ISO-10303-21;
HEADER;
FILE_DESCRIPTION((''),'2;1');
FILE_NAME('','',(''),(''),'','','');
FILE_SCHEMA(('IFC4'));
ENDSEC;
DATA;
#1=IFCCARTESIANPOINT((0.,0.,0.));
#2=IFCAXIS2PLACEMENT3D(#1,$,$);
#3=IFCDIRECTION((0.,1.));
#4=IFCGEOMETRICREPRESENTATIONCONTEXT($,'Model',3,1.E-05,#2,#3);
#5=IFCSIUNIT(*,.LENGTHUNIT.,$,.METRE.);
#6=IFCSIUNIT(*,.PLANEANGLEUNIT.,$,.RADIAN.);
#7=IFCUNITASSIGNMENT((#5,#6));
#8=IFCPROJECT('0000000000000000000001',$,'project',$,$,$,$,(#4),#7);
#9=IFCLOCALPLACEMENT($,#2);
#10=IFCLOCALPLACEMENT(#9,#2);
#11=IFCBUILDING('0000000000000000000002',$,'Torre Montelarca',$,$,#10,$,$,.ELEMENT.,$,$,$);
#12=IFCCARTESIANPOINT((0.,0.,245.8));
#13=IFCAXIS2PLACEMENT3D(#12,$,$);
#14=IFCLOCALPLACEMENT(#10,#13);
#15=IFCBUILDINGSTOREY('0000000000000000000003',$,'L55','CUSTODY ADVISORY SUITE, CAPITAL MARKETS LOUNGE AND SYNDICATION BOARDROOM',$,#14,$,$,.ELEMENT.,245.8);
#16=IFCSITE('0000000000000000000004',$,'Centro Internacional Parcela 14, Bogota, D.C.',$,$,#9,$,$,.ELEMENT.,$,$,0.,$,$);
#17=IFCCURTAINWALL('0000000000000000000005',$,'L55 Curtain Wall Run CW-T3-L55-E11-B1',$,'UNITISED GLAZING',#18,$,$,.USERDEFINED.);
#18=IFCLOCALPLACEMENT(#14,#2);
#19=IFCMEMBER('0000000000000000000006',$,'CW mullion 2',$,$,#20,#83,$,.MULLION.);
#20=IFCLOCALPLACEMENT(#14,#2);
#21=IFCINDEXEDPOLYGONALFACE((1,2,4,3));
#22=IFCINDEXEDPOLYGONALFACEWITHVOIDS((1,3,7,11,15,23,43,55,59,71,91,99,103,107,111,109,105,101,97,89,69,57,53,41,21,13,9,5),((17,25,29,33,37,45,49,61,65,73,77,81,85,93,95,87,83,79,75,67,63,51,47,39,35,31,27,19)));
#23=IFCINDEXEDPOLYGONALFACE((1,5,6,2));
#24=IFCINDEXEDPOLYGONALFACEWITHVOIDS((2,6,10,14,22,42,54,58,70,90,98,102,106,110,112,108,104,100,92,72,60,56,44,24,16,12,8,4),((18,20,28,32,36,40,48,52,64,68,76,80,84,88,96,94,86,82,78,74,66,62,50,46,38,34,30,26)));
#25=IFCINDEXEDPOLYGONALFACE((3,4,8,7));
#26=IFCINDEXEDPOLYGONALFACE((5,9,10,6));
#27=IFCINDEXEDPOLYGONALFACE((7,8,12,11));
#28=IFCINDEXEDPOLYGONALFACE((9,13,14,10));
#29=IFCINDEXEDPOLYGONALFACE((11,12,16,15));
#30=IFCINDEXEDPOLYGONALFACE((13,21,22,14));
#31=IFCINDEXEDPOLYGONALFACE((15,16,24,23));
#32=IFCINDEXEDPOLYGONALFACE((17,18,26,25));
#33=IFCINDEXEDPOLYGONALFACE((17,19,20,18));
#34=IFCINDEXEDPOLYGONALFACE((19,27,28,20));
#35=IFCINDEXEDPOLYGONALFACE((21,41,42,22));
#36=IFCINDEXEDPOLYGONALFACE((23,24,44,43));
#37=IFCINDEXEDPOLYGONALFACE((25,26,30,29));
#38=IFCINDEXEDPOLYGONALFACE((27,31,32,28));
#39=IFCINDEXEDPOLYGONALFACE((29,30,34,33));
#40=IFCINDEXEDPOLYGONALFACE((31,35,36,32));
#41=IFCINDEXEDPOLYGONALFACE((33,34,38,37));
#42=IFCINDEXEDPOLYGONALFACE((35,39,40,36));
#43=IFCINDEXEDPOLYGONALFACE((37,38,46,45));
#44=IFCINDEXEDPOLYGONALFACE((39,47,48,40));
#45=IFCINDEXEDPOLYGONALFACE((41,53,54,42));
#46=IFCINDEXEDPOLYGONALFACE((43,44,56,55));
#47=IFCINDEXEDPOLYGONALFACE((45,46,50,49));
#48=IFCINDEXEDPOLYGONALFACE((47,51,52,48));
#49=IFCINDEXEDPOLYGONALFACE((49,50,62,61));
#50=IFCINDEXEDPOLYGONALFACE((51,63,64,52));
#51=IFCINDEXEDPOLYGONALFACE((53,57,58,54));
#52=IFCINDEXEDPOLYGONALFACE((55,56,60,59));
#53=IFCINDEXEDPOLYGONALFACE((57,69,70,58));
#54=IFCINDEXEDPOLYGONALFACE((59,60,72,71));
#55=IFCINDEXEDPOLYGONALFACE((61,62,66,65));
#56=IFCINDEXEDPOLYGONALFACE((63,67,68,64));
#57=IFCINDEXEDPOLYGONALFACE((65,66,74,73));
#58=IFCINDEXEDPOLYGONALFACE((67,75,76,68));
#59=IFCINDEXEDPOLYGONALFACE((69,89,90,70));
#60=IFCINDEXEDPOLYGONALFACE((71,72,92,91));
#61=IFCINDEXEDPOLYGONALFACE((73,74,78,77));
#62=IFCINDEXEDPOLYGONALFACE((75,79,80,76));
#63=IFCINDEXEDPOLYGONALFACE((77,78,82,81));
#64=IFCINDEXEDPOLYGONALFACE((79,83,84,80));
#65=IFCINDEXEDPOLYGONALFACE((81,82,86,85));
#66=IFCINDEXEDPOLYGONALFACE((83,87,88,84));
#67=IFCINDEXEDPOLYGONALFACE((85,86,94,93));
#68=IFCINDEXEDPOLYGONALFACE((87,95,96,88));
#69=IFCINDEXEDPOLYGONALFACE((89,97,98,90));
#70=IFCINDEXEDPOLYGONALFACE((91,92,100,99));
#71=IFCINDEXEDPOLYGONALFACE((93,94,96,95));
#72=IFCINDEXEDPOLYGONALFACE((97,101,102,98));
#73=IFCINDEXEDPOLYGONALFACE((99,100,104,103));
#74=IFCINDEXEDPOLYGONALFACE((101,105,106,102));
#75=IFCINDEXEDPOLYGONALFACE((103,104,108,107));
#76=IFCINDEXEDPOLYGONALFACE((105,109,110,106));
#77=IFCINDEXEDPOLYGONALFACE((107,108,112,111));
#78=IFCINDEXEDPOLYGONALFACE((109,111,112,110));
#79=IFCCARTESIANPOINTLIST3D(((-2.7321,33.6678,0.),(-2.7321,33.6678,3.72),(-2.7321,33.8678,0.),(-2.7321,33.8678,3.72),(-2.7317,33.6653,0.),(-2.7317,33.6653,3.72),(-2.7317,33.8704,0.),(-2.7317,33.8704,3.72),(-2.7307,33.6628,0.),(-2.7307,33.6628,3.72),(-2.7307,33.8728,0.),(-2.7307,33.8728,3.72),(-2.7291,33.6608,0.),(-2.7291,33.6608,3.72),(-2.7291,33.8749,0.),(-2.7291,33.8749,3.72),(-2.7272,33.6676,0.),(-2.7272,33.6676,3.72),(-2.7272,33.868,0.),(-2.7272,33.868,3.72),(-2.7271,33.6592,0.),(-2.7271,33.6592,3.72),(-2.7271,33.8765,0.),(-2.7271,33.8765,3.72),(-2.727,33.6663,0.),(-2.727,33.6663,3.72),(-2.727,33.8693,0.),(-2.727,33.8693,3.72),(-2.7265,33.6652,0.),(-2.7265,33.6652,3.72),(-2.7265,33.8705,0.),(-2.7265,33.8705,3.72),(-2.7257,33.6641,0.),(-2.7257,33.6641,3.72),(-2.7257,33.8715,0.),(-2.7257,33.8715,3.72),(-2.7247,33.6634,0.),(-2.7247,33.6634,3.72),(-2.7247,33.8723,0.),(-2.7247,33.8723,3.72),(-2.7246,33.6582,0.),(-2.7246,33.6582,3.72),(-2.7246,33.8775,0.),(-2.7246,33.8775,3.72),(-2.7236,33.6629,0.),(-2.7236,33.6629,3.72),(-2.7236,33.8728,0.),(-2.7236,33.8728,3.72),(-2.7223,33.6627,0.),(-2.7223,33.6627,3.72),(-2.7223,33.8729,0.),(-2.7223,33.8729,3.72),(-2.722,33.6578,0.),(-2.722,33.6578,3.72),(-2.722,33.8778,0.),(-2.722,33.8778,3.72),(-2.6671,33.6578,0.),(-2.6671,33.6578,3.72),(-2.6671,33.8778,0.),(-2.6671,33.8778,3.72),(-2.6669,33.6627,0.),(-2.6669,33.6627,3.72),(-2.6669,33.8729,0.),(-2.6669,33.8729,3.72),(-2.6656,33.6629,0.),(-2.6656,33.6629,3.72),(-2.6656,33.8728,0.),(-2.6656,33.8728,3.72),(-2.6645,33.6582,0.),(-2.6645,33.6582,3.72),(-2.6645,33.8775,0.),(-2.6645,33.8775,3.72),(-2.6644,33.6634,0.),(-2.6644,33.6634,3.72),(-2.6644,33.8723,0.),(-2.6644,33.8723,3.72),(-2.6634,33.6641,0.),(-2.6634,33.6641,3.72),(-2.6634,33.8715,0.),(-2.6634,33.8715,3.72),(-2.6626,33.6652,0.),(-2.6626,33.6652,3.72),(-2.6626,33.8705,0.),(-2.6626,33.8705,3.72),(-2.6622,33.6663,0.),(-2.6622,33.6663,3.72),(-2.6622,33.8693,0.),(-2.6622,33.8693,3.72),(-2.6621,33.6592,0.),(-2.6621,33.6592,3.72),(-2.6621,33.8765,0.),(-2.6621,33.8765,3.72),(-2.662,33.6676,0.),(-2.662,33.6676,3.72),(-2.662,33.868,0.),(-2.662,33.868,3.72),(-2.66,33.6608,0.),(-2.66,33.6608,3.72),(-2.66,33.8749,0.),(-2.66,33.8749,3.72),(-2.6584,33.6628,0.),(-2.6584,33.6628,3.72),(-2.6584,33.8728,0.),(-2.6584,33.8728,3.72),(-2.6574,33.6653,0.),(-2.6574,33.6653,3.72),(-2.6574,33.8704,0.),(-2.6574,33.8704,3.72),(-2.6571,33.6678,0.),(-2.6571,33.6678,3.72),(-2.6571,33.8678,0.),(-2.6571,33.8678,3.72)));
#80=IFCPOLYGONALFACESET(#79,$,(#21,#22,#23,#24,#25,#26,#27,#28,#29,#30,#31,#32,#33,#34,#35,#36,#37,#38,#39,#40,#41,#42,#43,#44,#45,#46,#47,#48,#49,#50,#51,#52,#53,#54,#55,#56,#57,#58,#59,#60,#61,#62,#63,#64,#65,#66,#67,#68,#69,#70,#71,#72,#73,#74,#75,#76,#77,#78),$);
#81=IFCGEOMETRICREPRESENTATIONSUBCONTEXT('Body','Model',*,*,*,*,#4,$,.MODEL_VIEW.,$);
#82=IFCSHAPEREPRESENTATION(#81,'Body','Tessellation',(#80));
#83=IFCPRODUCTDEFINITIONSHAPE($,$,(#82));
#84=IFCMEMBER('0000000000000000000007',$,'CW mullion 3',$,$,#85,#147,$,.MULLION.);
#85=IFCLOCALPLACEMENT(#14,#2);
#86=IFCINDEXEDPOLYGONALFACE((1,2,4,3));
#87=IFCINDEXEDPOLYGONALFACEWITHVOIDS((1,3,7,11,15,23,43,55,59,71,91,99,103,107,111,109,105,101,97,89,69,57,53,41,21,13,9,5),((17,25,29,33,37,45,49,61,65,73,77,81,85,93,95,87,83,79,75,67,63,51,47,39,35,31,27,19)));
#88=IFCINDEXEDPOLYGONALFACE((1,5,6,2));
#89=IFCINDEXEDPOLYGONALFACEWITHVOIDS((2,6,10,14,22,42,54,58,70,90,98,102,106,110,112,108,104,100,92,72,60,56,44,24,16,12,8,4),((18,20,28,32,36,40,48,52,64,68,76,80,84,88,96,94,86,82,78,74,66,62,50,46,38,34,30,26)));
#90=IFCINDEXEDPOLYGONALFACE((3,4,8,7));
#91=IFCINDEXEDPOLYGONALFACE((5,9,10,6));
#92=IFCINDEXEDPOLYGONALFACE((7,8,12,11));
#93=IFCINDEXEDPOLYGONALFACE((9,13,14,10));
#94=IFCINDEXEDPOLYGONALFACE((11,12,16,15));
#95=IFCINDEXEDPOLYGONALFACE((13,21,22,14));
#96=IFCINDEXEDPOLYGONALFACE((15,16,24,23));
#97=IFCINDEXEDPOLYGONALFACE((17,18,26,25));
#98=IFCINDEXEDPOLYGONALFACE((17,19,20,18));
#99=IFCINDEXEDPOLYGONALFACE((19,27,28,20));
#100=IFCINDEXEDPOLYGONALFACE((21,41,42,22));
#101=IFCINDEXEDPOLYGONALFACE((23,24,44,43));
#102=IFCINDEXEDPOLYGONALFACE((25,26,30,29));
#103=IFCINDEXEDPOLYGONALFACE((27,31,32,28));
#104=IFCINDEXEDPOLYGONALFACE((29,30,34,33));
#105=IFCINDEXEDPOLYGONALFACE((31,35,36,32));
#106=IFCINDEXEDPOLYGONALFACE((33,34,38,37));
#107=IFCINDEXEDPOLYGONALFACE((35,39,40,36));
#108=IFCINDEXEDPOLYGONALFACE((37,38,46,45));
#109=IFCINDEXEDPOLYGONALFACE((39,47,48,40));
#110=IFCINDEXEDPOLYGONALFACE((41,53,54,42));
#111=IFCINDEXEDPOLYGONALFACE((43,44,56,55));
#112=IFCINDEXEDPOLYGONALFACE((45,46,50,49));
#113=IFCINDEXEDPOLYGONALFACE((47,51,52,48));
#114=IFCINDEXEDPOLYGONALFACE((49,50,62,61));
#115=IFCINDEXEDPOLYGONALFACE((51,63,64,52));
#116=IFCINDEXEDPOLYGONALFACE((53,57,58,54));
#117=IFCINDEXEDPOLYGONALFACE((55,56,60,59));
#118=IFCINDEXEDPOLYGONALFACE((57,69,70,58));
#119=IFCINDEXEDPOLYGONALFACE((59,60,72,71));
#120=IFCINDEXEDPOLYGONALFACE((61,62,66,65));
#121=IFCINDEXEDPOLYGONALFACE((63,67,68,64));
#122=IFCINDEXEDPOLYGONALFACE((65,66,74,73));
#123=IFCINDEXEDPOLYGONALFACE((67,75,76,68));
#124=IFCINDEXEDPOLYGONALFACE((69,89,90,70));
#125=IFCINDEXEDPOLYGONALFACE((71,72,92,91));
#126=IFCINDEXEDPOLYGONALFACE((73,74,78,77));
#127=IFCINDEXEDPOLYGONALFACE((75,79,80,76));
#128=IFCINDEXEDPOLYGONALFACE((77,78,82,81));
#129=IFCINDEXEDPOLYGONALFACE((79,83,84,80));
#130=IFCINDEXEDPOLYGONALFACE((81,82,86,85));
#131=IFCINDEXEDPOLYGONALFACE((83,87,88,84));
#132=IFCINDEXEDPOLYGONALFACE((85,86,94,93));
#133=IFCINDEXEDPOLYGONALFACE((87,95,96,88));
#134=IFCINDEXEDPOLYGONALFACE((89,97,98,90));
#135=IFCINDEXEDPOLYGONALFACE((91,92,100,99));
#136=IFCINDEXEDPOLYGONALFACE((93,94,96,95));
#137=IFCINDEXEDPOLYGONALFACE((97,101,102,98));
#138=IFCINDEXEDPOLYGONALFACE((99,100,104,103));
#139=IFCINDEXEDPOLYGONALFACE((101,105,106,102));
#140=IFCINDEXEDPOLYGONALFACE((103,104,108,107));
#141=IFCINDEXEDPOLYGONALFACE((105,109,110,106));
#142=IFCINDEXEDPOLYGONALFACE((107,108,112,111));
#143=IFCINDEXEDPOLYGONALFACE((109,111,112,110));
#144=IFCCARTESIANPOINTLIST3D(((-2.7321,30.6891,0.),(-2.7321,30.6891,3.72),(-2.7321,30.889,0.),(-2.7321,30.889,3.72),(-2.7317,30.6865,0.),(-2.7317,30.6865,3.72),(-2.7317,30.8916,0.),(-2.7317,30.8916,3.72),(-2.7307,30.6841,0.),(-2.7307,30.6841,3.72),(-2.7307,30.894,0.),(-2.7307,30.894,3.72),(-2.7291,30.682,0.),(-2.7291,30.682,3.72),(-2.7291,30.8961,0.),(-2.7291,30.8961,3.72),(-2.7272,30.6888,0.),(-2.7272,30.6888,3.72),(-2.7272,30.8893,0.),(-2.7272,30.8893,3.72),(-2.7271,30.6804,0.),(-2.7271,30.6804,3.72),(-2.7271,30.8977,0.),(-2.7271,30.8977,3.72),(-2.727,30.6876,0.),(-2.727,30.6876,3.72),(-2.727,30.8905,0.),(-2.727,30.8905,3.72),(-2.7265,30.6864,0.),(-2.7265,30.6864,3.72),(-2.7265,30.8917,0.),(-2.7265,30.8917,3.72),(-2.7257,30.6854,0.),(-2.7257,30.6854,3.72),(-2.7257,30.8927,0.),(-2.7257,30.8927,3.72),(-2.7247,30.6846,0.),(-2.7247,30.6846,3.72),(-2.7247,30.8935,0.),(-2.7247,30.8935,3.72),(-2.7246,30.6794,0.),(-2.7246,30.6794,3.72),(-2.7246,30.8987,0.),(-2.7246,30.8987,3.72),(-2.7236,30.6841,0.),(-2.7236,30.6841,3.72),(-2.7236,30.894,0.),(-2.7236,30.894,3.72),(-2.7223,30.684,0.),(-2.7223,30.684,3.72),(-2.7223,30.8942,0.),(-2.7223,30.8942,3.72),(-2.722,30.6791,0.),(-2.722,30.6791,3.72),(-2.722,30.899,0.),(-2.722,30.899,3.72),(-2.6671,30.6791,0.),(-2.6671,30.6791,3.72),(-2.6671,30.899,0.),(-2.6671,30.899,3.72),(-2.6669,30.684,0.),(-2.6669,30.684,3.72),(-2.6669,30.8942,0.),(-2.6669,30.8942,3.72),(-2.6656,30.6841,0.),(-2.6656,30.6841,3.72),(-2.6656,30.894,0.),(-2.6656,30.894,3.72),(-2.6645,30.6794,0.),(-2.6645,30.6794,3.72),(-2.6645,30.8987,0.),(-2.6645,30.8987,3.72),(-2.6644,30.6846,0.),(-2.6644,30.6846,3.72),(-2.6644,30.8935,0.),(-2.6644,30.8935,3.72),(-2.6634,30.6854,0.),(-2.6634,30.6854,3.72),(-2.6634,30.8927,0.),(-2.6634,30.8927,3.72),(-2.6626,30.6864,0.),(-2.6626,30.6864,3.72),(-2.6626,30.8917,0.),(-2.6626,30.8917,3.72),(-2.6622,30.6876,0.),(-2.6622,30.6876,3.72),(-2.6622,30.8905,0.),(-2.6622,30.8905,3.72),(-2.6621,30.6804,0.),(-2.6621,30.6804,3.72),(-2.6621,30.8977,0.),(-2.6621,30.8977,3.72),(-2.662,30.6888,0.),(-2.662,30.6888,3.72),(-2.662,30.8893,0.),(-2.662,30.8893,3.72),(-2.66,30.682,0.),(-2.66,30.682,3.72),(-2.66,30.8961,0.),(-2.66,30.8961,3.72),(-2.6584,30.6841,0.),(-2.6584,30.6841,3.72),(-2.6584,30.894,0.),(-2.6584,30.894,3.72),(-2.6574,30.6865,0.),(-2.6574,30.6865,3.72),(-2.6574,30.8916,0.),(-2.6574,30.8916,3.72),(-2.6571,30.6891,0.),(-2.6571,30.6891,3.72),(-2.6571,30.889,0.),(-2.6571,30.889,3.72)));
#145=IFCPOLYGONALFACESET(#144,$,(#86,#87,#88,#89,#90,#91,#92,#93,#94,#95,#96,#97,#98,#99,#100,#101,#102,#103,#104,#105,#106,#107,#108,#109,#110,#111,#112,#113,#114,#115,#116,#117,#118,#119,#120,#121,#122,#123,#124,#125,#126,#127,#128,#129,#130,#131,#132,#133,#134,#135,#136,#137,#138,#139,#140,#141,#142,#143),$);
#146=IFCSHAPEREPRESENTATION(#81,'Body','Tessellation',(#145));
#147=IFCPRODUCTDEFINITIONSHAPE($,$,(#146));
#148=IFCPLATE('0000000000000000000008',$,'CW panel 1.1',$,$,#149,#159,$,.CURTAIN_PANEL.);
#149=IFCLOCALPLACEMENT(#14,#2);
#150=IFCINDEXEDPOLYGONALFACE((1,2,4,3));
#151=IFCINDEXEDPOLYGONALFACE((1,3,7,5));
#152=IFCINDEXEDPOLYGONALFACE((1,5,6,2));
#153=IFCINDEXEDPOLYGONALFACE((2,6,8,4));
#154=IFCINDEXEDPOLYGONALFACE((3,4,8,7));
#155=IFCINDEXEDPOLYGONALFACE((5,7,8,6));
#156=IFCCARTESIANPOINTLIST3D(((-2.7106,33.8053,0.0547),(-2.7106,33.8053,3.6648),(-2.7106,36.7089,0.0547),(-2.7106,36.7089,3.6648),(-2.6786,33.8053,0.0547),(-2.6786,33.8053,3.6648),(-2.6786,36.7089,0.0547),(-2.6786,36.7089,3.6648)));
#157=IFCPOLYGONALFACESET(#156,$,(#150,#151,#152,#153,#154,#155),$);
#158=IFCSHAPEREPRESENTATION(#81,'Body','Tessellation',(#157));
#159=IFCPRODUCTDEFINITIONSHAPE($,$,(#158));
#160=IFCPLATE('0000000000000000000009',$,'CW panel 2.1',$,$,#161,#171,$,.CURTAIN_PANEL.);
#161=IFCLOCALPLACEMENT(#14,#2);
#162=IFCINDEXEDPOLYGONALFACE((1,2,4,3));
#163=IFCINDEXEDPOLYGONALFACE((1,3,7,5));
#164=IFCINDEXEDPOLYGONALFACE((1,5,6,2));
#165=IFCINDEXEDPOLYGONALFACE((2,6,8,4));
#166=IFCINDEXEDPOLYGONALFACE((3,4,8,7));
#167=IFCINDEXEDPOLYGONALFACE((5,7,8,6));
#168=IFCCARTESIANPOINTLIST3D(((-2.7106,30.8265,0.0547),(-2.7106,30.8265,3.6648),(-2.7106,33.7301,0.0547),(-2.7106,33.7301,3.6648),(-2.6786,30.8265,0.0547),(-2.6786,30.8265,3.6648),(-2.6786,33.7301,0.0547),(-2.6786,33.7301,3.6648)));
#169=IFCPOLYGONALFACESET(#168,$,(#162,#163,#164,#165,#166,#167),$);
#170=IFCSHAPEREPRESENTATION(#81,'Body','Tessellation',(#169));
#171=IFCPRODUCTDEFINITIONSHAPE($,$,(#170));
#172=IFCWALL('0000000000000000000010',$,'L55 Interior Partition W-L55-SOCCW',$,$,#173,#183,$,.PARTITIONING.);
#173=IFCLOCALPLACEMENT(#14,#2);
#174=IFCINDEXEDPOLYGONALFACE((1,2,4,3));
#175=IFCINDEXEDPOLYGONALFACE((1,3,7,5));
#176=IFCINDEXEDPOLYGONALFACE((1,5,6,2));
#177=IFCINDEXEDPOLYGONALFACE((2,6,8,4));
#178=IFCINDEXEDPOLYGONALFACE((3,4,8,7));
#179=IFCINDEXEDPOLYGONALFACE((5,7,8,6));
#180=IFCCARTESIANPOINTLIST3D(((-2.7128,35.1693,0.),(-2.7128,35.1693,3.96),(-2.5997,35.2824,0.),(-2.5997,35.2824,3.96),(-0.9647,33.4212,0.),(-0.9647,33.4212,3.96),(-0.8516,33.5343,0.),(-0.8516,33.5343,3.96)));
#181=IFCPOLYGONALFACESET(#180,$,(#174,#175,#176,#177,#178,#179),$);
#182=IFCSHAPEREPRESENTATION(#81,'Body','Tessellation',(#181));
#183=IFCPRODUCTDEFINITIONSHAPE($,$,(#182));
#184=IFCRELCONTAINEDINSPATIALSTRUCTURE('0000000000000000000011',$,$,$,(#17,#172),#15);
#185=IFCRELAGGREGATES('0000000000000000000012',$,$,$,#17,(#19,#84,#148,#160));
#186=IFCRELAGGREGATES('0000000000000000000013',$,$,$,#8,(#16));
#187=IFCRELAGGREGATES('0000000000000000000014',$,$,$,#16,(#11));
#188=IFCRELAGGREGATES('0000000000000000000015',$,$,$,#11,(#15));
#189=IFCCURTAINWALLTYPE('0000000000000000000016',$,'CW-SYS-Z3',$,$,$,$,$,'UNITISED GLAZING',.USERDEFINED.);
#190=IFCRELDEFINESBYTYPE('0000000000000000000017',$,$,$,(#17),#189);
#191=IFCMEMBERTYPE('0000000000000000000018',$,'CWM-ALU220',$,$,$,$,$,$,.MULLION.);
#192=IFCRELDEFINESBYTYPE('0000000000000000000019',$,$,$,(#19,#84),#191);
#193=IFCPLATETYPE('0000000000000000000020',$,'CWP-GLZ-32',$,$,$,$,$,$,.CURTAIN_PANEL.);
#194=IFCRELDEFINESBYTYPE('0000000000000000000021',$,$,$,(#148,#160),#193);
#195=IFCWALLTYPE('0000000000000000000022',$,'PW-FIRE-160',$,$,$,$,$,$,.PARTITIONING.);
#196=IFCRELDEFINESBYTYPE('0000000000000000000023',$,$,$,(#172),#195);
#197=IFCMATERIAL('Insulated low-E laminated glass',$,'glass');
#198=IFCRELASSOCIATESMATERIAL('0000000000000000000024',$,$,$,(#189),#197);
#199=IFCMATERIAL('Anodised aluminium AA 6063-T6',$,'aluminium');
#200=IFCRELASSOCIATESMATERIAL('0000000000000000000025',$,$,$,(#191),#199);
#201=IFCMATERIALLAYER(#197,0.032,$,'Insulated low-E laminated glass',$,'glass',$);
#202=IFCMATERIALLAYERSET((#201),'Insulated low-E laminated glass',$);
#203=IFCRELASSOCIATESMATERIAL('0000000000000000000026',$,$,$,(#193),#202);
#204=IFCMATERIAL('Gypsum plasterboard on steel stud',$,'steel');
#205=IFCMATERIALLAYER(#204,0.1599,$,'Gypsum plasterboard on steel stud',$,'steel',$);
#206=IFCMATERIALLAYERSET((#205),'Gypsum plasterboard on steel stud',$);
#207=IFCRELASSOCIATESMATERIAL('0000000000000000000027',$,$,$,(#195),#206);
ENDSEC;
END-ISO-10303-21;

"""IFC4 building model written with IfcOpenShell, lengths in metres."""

from ifc_helpers import new_model, si_unit, direction, frame, frame_2d, origin, origin_2d, place, context, subcontext, project, spatial, rectangle, hollow_rectangle, extrude, source, transform, mapped, material, layer, layer_set, material_profile, profile_set, type_object, element, aggregate, save


model = new_model("IFC4")

# Units and contexts
model_context = context("Model", 3, precision=1e-05, world=origin(), true_north=direction((0.0, 1.0)))
body_context = subcontext(model_context, "Body", "Model", "MODEL_VIEW")
ifc_project = project(units=[si_unit("LENGTHUNIT", "METRE"), si_unit("PLANEANGLEUNIT", "RADIAN")], contexts=[model_context])

# Site, building, storey
site_placement = place(None, origin())
site = spatial("IfcSite", under=ifc_project, at=site_placement, Name="Centro Internacional Parcela 14, Bogota, D.C.", CompositionType="ELEMENT", RefElevation=0.0)
building_placement = place(site_placement, origin())
building = spatial("IfcBuilding", under=site, at=building_placement, Name="Torre Montelarca", CompositionType="ELEMENT")
storey_placement = place(building_placement, frame((0.0, 0.0, 245.8)))
storey = spatial("IfcBuildingStorey", under=building, at=storey_placement, Name="L55", Description="CUSTODY ADVISORY SUITE, CAPITAL MARKETS LOUNGE AND SYNDICATION BOARDROOM", CompositionType="ELEMENT", Elevation=245.8)

# Curtain wall, members, plates
ifc_material_1 = material(Name="Insulated low-E laminated glass", Category="glass")
curtain_wall_type = type_object("IfcCurtainWallType", Name="CW-SYS-Z3", ElementType="UNITISED GLAZING", PredefinedType="USERDEFINED", material=ifc_material_1)
curtain_wall_placement = place(storey_placement, origin())
curtain_wall = element("IfcCurtainWall", 1, at=curtain_wall_placement, inside=storey, type_object=curtain_wall_type, Name="L55 Curtain Wall Run CW-T3-L55-E11-B1", ObjectType="UNITISED GLAZING", PredefinedType="USERDEFINED")
ifc_material_2 = material(Name="Anodised aluminium AA 6063-T6", Category="aluminium")
ifc_material_profile_1 = material_profile(ifc_material_2, hollow_rectangle(XDim=0.075, YDim=0.22, WallThickness=0.0049, InnerFilletRadius=0.0049, OuterFilletRadius=0.01, at=origin_2d()), Name="ALU75X220X5", Category="aluminium")
ifc_profile_set_1 = profile_set([ifc_material_profile_1], Name="Anodised aluminium AA 6063-T6")
member_type_1 = type_object("IfcMemberType", Name="CWM-ALU220", PredefinedType="MULLION", material=ifc_profile_set_1)
shared_shape_1 = source(origin(), body_context, "Body", "SweptSolid", [
    extrude(hollow_rectangle(XDim=0.075, YDim=0.22, WallThickness=0.0049, InnerFilletRadius=0.0049, OuterFilletRadius=0.01, at=origin_2d()), origin(), (0.0, 0.0, 1.0), 3.72),
])
member_1_placement = place(storey_placement, frame((-2.6946, 33.7678, 0.0), z_axis=(0.0, 0.0, 1.0), x_axis=(1.0, 0.0, 0.0)))
member_1 = element("IfcMember", 2, at=member_1_placement, type_object=member_type_1, Name="CW mullion 2", PredefinedType="MULLION", context=body_context, shape_type="MappedRepresentation", body=[
    mapped(shared_shape_1, transform((0.0, 0.0, 0.0), scale=1.0)),
])
member_2_placement = place(storey_placement, frame((-2.6946, 30.7891, 0.0), z_axis=(0.0, 0.0, 1.0), x_axis=(1.0, 0.0, 0.0)))
member_2 = element("IfcMember", 3, at=member_2_placement, type_object=member_type_1, Name="CW mullion 3", PredefinedType="MULLION", context=body_context, shape_type="MappedRepresentation", body=[
    mapped(shared_shape_1, transform((0.0, 0.0, 0.0), scale=1.0)),
])
ifc_layer_1 = layer(ifc_material_1, 0.032, Name="Insulated low-E laminated glass", Category="glass")
ifc_layer_set_1 = layer_set([ifc_layer_1], Name="Insulated low-E laminated glass")
plate_type = type_object("IfcPlateType", Name="CWP-GLZ-32", PredefinedType="CURTAIN_PANEL", material=ifc_layer_set_1)
shared_shape_2 = source(origin(), body_context, "Body", "SweptSolid", [
    extrude(rectangle(XDim=2.9036, YDim=0.032, at=origin_2d()), origin(), (0.0, 0.0, 1.0), 3.6101),
])
plate_1_placement = place(storey_placement, frame((-2.6946, 35.2571, 0.0547), z_axis=(0.0, 0.0, 1.0), x_axis=(0.0, -1.0, 0.0)))
plate_1 = element("IfcPlate", 4, at=plate_1_placement, type_object=plate_type, Name="CW panel 1.1", PredefinedType="CURTAIN_PANEL", context=body_context, shape_type="MappedRepresentation", body=[
    mapped(shared_shape_2, transform((0.0, 0.0, 0.0), scale=1.0)),
])
plate_2_placement = place(storey_placement, frame((-2.6946, 32.2783, 0.0547), z_axis=(0.0, 0.0, 1.0), x_axis=(0.0, -1.0, 0.0)))
plate_2 = element("IfcPlate", 5, at=plate_2_placement, type_object=plate_type, Name="CW panel 2.1", PredefinedType="CURTAIN_PANEL", context=body_context, shape_type="MappedRepresentation", body=[
    mapped(shared_shape_2, transform((0.0, 0.0, 0.0), scale=1.0)),
])
aggregate(curtain_wall, [member_1, member_2, plate_1, plate_2])

# Wall
ifc_material_3 = material(Name="Gypsum plasterboard on steel stud", Category="steel")
ifc_layer_2 = layer(ifc_material_3, 0.1599, Name="Gypsum plasterboard on steel stud", Category="steel")
ifc_layer_set_2 = layer_set([ifc_layer_2], Name="Gypsum plasterboard on steel stud")
wall_type_1 = type_object("IfcWallType", Name="PW-FIRE-160", PredefinedType="PARTITIONING", material=ifc_layer_set_2)
wall_1_placement = place(storey_placement, frame((-2.6562, 35.2258, 0.0), z_axis=(0.0, 0.0, 1.0), x_axis=(0.707107, -0.707107, 0.0)))
element("IfcWall", 6, at=wall_1_placement, inside=storey, type_object=wall_type_1, Name="L55 Interior Partition W-L55-SOCCW", PredefinedType="PARTITIONING", context=body_context, shape_type="SweptSolid", body=[
    extrude(rectangle(XDim=2.4722, YDim=0.1599, at=frame_2d((1.2361, 0.0))), origin(), (0.0, 0.0, 1.0), 3.96),
])

save(model, "model.ifc")
